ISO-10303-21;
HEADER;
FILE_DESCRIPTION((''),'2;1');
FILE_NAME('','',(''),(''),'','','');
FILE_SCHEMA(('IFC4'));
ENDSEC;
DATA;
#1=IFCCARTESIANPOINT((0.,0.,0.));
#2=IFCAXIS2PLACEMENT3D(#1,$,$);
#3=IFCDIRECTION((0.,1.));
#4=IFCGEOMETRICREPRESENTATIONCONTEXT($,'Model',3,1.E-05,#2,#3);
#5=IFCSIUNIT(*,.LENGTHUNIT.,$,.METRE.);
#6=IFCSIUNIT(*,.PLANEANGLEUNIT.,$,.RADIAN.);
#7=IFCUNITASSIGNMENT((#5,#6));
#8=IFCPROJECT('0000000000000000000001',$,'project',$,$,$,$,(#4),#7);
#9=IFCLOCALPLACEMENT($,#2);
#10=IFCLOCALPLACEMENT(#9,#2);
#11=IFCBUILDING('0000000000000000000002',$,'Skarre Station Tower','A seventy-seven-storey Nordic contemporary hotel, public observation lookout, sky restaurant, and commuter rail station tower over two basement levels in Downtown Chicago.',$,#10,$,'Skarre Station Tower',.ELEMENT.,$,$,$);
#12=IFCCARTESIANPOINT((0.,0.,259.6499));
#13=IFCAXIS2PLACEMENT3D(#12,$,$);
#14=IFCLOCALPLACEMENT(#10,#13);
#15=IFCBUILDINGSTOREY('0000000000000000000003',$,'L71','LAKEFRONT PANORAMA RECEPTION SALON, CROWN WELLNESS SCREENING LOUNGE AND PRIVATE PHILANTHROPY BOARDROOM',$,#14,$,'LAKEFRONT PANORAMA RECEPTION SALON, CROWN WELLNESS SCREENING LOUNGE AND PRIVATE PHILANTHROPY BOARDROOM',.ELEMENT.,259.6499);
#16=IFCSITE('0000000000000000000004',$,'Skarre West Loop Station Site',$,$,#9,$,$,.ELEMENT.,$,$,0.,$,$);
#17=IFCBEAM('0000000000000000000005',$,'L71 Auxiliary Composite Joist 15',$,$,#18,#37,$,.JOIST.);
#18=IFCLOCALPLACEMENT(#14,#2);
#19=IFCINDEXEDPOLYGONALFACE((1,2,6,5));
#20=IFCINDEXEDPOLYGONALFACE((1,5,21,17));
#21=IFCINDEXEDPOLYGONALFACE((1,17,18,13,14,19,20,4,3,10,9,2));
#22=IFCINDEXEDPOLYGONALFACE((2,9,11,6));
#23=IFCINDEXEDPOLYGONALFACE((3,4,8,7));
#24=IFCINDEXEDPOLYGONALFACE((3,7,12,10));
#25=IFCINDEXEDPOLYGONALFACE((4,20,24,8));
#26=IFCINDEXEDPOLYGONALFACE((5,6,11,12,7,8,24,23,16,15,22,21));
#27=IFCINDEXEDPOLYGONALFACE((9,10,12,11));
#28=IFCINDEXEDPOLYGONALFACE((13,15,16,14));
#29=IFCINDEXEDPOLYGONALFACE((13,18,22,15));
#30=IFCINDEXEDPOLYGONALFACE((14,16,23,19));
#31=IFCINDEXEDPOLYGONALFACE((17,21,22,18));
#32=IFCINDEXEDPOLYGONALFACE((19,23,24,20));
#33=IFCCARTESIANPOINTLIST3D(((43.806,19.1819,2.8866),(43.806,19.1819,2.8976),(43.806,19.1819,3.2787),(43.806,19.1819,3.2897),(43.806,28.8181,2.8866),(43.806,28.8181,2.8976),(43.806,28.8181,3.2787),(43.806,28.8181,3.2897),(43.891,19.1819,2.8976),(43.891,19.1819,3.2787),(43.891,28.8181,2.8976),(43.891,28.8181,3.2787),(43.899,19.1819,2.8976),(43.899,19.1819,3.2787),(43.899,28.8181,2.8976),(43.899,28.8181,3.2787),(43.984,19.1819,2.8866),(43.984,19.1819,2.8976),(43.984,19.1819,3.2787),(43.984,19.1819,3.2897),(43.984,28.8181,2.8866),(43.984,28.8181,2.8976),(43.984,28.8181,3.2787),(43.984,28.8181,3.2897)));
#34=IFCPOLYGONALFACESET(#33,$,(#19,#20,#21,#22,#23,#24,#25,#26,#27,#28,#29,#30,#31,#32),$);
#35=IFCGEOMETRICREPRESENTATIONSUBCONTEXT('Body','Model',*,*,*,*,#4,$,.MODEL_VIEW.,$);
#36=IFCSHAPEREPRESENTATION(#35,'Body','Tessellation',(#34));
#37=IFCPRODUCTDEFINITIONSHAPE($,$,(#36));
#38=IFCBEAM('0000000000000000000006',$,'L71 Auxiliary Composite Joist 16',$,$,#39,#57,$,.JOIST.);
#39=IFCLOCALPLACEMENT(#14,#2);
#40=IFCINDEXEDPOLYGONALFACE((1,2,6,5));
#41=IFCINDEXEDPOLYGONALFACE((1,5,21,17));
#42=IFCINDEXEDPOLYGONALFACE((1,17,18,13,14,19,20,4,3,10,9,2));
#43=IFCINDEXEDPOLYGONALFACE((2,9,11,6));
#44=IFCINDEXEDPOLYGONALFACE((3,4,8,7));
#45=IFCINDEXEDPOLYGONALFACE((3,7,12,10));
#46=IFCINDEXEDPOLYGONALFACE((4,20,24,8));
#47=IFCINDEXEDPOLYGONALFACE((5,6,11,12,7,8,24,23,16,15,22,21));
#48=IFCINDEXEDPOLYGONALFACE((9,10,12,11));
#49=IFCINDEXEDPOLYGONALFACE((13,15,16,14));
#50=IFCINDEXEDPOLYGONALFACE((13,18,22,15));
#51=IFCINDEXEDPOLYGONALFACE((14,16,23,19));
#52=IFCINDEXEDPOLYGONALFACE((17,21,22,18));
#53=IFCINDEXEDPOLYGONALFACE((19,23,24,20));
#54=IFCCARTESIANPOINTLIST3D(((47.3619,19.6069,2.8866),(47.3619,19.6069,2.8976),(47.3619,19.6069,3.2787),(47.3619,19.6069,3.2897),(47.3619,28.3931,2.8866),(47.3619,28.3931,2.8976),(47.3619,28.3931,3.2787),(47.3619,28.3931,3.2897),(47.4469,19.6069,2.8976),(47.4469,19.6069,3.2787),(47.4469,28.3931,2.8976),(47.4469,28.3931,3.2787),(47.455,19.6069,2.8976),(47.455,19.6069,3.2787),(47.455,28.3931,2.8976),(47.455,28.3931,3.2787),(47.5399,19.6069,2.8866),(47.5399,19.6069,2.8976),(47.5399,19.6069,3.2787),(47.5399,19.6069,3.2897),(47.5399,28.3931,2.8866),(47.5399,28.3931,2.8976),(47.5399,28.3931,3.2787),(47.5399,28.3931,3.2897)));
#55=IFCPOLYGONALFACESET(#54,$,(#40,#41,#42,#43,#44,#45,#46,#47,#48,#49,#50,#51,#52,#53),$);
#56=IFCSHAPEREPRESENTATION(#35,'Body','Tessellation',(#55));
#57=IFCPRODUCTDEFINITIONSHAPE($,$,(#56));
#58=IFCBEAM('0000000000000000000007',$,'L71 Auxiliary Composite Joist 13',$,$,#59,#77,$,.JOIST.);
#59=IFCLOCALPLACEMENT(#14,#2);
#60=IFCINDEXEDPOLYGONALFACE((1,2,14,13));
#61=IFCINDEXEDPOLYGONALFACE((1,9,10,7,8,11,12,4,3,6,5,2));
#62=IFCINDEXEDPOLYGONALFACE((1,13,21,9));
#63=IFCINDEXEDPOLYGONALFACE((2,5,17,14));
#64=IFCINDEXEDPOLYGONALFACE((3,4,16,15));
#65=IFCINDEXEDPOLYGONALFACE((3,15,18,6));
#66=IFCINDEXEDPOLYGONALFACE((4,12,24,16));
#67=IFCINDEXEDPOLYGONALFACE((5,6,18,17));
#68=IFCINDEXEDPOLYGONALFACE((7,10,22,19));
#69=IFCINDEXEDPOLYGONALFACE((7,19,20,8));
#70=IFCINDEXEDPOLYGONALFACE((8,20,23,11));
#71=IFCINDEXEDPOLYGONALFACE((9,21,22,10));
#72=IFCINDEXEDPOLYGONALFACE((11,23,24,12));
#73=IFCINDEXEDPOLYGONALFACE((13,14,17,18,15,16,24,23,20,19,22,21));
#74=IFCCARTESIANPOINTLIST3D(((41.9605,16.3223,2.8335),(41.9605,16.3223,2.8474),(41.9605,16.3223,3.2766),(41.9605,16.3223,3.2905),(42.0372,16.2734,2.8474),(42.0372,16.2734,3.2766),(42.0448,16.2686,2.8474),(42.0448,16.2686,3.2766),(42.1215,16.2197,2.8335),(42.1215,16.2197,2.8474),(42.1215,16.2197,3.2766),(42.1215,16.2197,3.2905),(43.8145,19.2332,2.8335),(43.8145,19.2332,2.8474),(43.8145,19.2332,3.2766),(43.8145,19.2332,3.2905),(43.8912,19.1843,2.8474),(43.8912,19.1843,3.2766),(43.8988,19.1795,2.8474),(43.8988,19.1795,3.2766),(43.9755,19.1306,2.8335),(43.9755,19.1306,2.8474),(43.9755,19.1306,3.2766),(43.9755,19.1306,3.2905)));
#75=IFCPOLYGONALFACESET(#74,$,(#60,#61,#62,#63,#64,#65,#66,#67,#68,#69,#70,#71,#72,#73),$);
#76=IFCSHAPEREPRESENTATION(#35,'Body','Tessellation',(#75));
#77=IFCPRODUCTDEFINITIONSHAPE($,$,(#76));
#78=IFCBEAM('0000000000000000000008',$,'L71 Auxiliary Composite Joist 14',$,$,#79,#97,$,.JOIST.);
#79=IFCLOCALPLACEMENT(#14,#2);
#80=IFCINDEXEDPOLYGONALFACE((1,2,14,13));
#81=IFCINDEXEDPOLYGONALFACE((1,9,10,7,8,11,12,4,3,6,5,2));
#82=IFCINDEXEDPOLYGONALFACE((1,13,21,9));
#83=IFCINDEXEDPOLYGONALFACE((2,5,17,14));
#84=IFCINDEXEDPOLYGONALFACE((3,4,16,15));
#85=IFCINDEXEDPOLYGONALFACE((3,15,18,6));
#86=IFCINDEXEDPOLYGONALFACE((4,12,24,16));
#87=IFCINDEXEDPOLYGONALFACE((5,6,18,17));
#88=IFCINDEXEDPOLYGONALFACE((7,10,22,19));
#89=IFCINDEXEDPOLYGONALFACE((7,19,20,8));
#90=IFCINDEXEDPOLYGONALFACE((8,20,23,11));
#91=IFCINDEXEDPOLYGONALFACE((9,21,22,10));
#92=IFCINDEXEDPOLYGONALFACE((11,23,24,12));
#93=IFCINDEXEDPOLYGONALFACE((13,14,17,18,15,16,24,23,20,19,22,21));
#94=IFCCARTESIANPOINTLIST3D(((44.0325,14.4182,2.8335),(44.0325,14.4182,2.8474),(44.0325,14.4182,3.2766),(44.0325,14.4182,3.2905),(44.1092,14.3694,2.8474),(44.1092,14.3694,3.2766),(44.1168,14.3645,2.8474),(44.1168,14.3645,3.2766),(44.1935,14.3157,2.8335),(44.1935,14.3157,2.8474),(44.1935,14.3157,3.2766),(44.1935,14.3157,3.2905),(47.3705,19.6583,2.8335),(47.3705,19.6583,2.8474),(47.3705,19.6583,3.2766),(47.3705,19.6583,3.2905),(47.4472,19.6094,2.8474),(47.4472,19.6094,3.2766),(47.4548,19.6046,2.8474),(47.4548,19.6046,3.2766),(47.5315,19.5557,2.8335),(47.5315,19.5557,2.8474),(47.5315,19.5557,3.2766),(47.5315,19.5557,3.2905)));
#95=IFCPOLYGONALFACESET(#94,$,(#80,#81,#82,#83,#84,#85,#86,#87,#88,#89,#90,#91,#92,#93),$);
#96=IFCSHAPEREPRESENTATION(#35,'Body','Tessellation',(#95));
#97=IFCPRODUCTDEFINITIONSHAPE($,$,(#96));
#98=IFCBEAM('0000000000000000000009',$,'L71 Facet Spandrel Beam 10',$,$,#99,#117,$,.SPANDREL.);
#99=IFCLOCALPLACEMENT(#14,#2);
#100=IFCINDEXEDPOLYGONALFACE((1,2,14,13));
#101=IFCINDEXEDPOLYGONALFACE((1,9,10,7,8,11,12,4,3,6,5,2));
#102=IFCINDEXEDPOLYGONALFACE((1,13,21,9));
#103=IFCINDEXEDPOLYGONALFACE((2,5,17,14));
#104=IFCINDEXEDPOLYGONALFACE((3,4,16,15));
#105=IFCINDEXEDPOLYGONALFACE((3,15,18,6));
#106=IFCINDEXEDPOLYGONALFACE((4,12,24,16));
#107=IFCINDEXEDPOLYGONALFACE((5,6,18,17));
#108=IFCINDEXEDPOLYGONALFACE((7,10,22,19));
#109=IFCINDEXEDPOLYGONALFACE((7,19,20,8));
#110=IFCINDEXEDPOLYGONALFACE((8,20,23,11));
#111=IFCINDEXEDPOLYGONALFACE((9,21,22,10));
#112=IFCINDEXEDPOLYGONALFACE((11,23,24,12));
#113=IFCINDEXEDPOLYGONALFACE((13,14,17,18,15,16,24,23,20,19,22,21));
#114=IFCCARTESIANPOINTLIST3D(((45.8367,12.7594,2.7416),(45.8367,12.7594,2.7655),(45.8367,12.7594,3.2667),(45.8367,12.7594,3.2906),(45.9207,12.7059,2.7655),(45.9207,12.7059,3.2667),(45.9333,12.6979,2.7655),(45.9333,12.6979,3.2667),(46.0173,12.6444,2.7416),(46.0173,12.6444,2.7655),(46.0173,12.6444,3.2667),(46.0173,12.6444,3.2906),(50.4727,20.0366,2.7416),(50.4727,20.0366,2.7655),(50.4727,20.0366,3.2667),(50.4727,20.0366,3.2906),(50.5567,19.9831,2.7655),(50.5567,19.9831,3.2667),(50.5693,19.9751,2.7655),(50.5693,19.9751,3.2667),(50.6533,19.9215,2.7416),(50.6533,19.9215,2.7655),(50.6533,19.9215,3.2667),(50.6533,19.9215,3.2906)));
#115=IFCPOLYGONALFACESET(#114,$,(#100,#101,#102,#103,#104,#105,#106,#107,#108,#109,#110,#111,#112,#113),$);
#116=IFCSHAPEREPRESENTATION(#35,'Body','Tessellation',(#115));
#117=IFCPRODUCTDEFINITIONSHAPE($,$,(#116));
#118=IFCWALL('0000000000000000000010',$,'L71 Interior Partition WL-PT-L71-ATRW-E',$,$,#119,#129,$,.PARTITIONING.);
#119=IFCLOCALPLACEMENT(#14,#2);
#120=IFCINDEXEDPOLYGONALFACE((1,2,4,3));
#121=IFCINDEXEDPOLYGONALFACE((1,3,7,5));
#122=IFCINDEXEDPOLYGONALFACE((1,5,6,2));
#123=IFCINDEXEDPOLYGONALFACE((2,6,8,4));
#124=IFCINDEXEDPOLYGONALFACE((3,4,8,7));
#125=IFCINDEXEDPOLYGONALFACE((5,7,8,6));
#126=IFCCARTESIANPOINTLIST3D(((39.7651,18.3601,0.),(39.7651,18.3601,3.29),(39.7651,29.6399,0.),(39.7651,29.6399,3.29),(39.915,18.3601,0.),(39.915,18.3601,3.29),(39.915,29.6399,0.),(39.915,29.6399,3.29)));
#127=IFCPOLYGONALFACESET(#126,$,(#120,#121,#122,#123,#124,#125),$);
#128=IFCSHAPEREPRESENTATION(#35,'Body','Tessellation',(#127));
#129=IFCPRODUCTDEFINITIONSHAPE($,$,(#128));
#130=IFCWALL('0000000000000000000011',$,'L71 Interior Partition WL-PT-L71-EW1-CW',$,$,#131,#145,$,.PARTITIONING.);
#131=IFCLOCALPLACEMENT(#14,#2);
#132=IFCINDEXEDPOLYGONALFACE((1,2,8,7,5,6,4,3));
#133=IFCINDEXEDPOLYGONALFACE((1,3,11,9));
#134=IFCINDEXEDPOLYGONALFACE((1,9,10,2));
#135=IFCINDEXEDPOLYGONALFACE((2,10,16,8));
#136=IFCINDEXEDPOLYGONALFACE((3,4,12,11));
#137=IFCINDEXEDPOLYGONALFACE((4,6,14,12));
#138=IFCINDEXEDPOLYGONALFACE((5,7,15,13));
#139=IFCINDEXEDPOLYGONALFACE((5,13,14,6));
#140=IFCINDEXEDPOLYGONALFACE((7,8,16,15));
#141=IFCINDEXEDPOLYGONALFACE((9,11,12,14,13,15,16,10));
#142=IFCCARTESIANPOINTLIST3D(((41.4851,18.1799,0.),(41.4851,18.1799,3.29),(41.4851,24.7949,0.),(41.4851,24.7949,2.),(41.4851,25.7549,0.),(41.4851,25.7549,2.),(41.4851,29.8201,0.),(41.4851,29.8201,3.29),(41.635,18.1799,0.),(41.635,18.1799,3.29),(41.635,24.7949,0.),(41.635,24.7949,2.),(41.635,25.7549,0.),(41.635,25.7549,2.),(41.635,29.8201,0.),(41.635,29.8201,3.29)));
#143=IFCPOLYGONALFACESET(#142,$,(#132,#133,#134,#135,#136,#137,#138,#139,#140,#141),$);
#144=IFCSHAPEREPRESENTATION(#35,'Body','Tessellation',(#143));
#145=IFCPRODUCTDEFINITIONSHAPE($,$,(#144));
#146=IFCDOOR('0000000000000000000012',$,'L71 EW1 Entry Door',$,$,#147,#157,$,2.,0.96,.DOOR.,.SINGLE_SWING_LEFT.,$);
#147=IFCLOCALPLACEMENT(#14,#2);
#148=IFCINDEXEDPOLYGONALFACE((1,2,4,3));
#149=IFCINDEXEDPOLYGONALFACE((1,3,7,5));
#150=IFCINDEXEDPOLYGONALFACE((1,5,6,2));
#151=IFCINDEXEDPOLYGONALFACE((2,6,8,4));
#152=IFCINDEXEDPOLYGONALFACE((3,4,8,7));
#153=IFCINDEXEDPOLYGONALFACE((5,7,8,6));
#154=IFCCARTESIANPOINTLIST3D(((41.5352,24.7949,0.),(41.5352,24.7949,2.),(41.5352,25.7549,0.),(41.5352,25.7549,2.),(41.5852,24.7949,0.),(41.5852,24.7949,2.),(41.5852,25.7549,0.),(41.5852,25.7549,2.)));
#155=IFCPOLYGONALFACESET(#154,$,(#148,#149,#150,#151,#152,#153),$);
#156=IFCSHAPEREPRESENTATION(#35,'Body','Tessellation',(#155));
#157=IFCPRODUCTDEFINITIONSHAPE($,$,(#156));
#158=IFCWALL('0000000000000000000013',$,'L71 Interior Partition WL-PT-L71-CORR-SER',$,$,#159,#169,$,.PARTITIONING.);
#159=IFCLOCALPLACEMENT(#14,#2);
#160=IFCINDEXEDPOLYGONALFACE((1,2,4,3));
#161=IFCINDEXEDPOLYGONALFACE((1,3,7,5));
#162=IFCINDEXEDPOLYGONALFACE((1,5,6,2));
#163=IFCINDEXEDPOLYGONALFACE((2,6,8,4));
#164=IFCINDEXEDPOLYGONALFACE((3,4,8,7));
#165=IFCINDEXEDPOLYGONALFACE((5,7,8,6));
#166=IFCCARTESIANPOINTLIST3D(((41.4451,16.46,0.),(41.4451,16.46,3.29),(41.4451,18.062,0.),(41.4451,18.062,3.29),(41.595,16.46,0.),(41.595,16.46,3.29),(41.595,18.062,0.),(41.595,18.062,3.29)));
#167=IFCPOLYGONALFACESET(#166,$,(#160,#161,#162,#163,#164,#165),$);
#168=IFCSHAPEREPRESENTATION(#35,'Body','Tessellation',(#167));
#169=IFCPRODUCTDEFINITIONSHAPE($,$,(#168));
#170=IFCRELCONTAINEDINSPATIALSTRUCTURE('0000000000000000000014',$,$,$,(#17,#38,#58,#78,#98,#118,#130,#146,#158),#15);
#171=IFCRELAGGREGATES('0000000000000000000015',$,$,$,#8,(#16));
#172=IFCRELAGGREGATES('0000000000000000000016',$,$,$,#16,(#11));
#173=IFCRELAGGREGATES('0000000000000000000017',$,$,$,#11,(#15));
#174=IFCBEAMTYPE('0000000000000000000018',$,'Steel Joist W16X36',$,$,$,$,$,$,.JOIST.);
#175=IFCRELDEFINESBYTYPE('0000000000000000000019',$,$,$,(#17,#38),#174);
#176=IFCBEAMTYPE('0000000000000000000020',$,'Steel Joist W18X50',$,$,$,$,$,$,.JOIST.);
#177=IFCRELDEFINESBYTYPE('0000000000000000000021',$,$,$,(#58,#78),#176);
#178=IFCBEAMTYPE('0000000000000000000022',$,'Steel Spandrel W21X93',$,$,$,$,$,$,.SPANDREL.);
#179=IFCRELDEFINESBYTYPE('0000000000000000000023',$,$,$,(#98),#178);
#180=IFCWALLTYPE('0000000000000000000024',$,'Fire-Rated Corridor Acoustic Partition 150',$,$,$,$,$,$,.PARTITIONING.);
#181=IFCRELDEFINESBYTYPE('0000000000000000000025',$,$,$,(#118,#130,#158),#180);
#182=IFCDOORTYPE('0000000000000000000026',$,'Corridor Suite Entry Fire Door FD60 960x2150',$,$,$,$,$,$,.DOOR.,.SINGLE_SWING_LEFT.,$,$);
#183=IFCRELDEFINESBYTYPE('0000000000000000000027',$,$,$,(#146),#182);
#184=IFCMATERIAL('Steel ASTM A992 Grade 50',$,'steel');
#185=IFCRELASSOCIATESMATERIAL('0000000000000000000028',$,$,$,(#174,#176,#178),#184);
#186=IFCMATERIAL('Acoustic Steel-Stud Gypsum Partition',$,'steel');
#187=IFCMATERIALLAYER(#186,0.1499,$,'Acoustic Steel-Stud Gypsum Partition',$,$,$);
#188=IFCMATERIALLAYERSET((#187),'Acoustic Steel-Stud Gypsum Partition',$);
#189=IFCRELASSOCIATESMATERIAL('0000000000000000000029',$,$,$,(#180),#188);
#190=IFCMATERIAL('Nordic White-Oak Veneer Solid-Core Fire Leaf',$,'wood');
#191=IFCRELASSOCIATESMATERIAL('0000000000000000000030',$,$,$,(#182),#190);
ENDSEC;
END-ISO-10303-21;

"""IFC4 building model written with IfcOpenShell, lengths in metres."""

from ifc_helpers import new_model, si_unit, direction, frame, frame_2d, origin, origin_2d, place, context, subcontext, project, spatial, rectangle, i_section, extrude, material, layer, layer_set, material_profile, profile_set, type_object, element, fill, save


model = new_model("IFC4")

# Units and contexts
model_context = context("Model", 3, precision=1e-05, world=origin(), true_north=direction((0.0, 1.0)))
body_context = subcontext(model_context, "Body", "Model", "MODEL_VIEW")
ifc_project = project(units=[si_unit("LENGTHUNIT", "METRE"), si_unit("PLANEANGLEUNIT", "RADIAN")], contexts=[model_context])

# Site, building, storey
site_placement = place(None, origin())
site = spatial("IfcSite", under=ifc_project, at=site_placement, Name="Skarre West Loop Station Site", CompositionType="ELEMENT", RefElevation=0.0)
building_placement = place(site_placement, origin())
building = spatial("IfcBuilding", under=site, at=building_placement, Name="Skarre Station Tower", Description="A seventy-seven-storey Nordic contemporary hotel, public observation lookout, sky restaurant, and commuter rail station tower over two basement levels in Downtown Chicago.", LongName="Skarre Station Tower", CompositionType="ELEMENT")
storey_placement = place(building_placement, frame((0.0, 0.0, 259.6499)))
storey = spatial("IfcBuildingStorey", under=building, at=storey_placement, Name="L71", Description="LAKEFRONT PANORAMA RECEPTION SALON, CROWN WELLNESS SCREENING LOUNGE AND PRIVATE PHILANTHROPY BOARDROOM", LongName="LAKEFRONT PANORAMA RECEPTION SALON, CROWN WELLNESS SCREENING LOUNGE AND PRIVATE PHILANTHROPY BOARDROOM", CompositionType="ELEMENT", Elevation=259.6499)

# Beams
ifc_material_1 = material(Name="Steel ASTM A992 Grade 50", Category="steel")
ifc_material_profile_1 = material_profile(ifc_material_1, i_section(OverallWidth=0.178, OverallDepth=0.4031, WebThickness=0.0081, FlangeThickness=0.011, at=origin_2d()), Name="Steel ASTM A992 Grade 50")
ifc_profile_set_1 = profile_set([ifc_material_profile_1], Name="Steel ASTM A992 Grade 50")
beam_type_1 = type_object("IfcBeamType", Name="Steel Joist W16X36", PredefinedType="JOIST", material=ifc_profile_set_1)
beam_1_placement = place(storey_placement, frame((43.895, 19.1819, 3.0881), z_axis=(0.0, 1.0, 0.0), x_axis=(-1.0, 0.0, 0.0)))
element("IfcBeam", 1, at=beam_1_placement, inside=storey, type_object=beam_type_1, Name="L71 Auxiliary Composite Joist 15", PredefinedType="JOIST", context=body_context, shape_type="SweptSolid", body=[
    extrude(i_section(OverallWidth=0.178, OverallDepth=0.4031, WebThickness=0.0081, FlangeThickness=0.011, at=origin_2d()), origin(), (0.0, 0.0, 1.0), 9.6362),
])
beam_2_placement = place(storey_placement, frame((47.4509, 19.6069, 3.0881), z_axis=(0.0, 1.0, 0.0), x_axis=(-1.0, 0.0, 0.0)))
element("IfcBeam", 2, at=beam_2_placement, inside=storey, type_object=beam_type_1, Name="L71 Auxiliary Composite Joist 16", PredefinedType="JOIST", context=body_context, shape_type="SweptSolid", body=[
    extrude(i_section(OverallWidth=0.178, OverallDepth=0.4031, WebThickness=0.0081, FlangeThickness=0.011, at=origin_2d()), origin(), (0.0, 0.0, 1.0), 8.7861),
])
ifc_material_profile_2 = material_profile(ifc_material_1, i_section(OverallWidth=0.1909, OverallDepth=0.457, WebThickness=0.009, FlangeThickness=0.0139, at=origin_2d()), Name="Steel ASTM A992 Grade 50")
ifc_profile_set_2 = profile_set([ifc_material_profile_2], Name="Steel ASTM A992 Grade 50")
beam_type_2 = type_object("IfcBeamType", Name="Steel Joist W18X50", PredefinedType="JOIST", material=ifc_profile_set_2)
beam_3_placement = place(storey_placement, frame((42.041, 16.271, 3.062), z_axis=(0.53721, 0.843449, 0.0), x_axis=(-0.843449, 0.53721, 0.0)))
element("IfcBeam", 3, at=beam_3_placement, inside=storey, type_object=beam_type_2, Name="L71 Auxiliary Composite Joist 13", PredefinedType="JOIST", context=body_context, shape_type="SweptSolid", body=[
    extrude(i_section(OverallWidth=0.1909, OverallDepth=0.457, WebThickness=0.009, FlangeThickness=0.0139, at=origin_2d()), origin(), (0.0, 0.0, 1.0), 3.4512),
])
beam_4_placement = place(storey_placement, frame((44.113, 14.3669, 3.062), z_axis=(0.537259, 0.843417, 0.0), x_axis=(-0.843417, 0.537259, 0.0)))
element("IfcBeam", 4, at=beam_4_placement, inside=storey, type_object=beam_type_2, Name="L71 Auxiliary Composite Joist 14", PredefinedType="JOIST", context=body_context, shape_type="SweptSolid", body=[
    extrude(i_section(OverallWidth=0.1909, OverallDepth=0.457, WebThickness=0.009, FlangeThickness=0.0139, at=origin_2d()), origin(), (0.0, 0.0, 1.0), 6.2129),
])
ifc_material_profile_3 = material_profile(ifc_material_1, i_section(OverallWidth=0.2141, OverallDepth=0.5491, WebThickness=0.0149, FlangeThickness=0.0239, at=origin_2d()), Name="Steel ASTM A992 Grade 50")
ifc_profile_set_3 = profile_set([ifc_material_profile_3], Name="Steel ASTM A992 Grade 50")
beam_type_3 = type_object("IfcBeamType", Name="Steel Spandrel W21X93", PredefinedType="SPANDREL", material=ifc_profile_set_3)
beam_5_placement = place(storey_placement, frame((45.927, 12.7019, 3.0161), z_axis=(0.537297, 0.843393, 0.0), x_axis=(-0.843393, 0.537297, 0.0)))
element("IfcBeam", 5, at=beam_5_placement, inside=storey, type_object=beam_type_3, Name="L71 Facet Spandrel Beam 10", PredefinedType="SPANDREL", context=body_context, shape_type="SweptSolid", body=[
    extrude(i_section(OverallWidth=0.2141, OverallDepth=0.5491, WebThickness=0.0149, FlangeThickness=0.0239, at=origin_2d()), origin(), (0.0, 0.0, 1.0), 8.6284),
])

# Wall
ifc_material_2 = material(Name="Acoustic Steel-Stud Gypsum Partition", Category="steel")
ifc_layer_1 = layer(ifc_material_2, 0.1499, Name="Acoustic Steel-Stud Gypsum Partition")
ifc_layer_set_1 = layer_set([ifc_layer_1], Name="Acoustic Steel-Stud Gypsum Partition")
wall_type_1 = type_object("IfcWallType", Name="Fire-Rated Corridor Acoustic Partition 150", PredefinedType="PARTITIONING", material=ifc_layer_set_1)
wall_1_placement = place(storey_placement, frame((39.8401, 18.3601, 0.0), z_axis=(0.0, 0.0, 1.0), x_axis=(0.0, 1.0, 0.0)))
element("IfcWall", 6, at=wall_1_placement, inside=storey, type_object=wall_type_1, Name="L71 Interior Partition WL-PT-L71-ATRW-E", PredefinedType="PARTITIONING", context=body_context, shape_type="SweptSolid", body=[
    extrude(rectangle(XDim=11.2798, YDim=0.1499, at=frame_2d((5.6399, 0.0))), origin(), (0.0, 0.0, 1.0), 3.29),
])

# Wall, opening, door
wall_2_placement = place(storey_placement, frame((41.5601, 18.1799, 0.0), z_axis=(0.0, 0.0, 1.0), x_axis=(0.0, 1.0, 0.0)))
wall_2 = element("IfcWall", 7, at=wall_2_placement, inside=storey, type_object=wall_type_1, Name="L71 Interior Partition WL-PT-L71-EW1-CW", PredefinedType="PARTITIONING", context=body_context, shape_type="SweptSolid", body=[
    extrude(rectangle(XDim=11.6401, YDim=0.1499, at=frame_2d((5.8201, 0.0))), origin(), (0.0, 0.0, 1.0), 3.29),
])
opening_1_placement = place(wall_2_placement, frame((6.615, 0.0, 0.0)))
opening_1 = element("IfcOpeningElement", 8, at=opening_1_placement, cuts=wall_2, PredefinedType="OPENING", context=body_context, shape_type="SweptSolid", body=[
    extrude(rectangle(XDim=0.96, YDim=2.0, at=frame_2d((0.48, 1.0))), frame((0.0, 0.085, 0.0), z_axis=(0.0, -1.0, 0.0), x_axis=(1.0, 0.0, 0.0)), (0.0, 0.0, 1.0), 0.1699),
])
ifc_material_3 = material(Name="Nordic White-Oak Veneer Solid-Core Fire Leaf", Category="wood")
door_type = type_object("IfcDoorType", Name="Corridor Suite Entry Fire Door FD60 960x2150", OperationType="SINGLE_SWING_LEFT", PredefinedType="DOOR", material=ifc_material_3)
door_placement = place(opening_1_placement, origin())
door = element("IfcDoor", 9, at=door_placement, inside=storey, type_object=door_type, Name="L71 EW1 Entry Door", OperationType="SINGLE_SWING_LEFT", OverallHeight=2.0, OverallWidth=0.96, PredefinedType="DOOR", context=body_context, shape_type="SweptSolid", body=[
    extrude(rectangle(XDim=0.96, YDim=2.0, at=frame_2d((0.48, 1.0))), frame((0.0, 0.0249, 0.0), z_axis=(0.0, -1.0, 0.0), x_axis=(1.0, 0.0, 0.0)), (0.0, 0.0, 1.0), 0.05),
])
fill(opening_1, door)

# Wall
wall_3_placement = place(storey_placement, frame((41.52, 16.46, 0.0), z_axis=(0.0, 0.0, 1.0), x_axis=(0.0, 1.0, 0.0)))
element("IfcWall", 10, at=wall_3_placement, inside=storey, type_object=wall_type_1, Name="L71 Interior Partition WL-PT-L71-CORR-SER", PredefinedType="PARTITIONING", context=body_context, shape_type="SweptSolid", body=[
    extrude(rectangle(XDim=1.6021, YDim=0.1499, at=frame_2d((0.801, 0.0))), origin(), (0.0, 0.0, 1.0), 3.29),
])

save(model, "model.ifc")
